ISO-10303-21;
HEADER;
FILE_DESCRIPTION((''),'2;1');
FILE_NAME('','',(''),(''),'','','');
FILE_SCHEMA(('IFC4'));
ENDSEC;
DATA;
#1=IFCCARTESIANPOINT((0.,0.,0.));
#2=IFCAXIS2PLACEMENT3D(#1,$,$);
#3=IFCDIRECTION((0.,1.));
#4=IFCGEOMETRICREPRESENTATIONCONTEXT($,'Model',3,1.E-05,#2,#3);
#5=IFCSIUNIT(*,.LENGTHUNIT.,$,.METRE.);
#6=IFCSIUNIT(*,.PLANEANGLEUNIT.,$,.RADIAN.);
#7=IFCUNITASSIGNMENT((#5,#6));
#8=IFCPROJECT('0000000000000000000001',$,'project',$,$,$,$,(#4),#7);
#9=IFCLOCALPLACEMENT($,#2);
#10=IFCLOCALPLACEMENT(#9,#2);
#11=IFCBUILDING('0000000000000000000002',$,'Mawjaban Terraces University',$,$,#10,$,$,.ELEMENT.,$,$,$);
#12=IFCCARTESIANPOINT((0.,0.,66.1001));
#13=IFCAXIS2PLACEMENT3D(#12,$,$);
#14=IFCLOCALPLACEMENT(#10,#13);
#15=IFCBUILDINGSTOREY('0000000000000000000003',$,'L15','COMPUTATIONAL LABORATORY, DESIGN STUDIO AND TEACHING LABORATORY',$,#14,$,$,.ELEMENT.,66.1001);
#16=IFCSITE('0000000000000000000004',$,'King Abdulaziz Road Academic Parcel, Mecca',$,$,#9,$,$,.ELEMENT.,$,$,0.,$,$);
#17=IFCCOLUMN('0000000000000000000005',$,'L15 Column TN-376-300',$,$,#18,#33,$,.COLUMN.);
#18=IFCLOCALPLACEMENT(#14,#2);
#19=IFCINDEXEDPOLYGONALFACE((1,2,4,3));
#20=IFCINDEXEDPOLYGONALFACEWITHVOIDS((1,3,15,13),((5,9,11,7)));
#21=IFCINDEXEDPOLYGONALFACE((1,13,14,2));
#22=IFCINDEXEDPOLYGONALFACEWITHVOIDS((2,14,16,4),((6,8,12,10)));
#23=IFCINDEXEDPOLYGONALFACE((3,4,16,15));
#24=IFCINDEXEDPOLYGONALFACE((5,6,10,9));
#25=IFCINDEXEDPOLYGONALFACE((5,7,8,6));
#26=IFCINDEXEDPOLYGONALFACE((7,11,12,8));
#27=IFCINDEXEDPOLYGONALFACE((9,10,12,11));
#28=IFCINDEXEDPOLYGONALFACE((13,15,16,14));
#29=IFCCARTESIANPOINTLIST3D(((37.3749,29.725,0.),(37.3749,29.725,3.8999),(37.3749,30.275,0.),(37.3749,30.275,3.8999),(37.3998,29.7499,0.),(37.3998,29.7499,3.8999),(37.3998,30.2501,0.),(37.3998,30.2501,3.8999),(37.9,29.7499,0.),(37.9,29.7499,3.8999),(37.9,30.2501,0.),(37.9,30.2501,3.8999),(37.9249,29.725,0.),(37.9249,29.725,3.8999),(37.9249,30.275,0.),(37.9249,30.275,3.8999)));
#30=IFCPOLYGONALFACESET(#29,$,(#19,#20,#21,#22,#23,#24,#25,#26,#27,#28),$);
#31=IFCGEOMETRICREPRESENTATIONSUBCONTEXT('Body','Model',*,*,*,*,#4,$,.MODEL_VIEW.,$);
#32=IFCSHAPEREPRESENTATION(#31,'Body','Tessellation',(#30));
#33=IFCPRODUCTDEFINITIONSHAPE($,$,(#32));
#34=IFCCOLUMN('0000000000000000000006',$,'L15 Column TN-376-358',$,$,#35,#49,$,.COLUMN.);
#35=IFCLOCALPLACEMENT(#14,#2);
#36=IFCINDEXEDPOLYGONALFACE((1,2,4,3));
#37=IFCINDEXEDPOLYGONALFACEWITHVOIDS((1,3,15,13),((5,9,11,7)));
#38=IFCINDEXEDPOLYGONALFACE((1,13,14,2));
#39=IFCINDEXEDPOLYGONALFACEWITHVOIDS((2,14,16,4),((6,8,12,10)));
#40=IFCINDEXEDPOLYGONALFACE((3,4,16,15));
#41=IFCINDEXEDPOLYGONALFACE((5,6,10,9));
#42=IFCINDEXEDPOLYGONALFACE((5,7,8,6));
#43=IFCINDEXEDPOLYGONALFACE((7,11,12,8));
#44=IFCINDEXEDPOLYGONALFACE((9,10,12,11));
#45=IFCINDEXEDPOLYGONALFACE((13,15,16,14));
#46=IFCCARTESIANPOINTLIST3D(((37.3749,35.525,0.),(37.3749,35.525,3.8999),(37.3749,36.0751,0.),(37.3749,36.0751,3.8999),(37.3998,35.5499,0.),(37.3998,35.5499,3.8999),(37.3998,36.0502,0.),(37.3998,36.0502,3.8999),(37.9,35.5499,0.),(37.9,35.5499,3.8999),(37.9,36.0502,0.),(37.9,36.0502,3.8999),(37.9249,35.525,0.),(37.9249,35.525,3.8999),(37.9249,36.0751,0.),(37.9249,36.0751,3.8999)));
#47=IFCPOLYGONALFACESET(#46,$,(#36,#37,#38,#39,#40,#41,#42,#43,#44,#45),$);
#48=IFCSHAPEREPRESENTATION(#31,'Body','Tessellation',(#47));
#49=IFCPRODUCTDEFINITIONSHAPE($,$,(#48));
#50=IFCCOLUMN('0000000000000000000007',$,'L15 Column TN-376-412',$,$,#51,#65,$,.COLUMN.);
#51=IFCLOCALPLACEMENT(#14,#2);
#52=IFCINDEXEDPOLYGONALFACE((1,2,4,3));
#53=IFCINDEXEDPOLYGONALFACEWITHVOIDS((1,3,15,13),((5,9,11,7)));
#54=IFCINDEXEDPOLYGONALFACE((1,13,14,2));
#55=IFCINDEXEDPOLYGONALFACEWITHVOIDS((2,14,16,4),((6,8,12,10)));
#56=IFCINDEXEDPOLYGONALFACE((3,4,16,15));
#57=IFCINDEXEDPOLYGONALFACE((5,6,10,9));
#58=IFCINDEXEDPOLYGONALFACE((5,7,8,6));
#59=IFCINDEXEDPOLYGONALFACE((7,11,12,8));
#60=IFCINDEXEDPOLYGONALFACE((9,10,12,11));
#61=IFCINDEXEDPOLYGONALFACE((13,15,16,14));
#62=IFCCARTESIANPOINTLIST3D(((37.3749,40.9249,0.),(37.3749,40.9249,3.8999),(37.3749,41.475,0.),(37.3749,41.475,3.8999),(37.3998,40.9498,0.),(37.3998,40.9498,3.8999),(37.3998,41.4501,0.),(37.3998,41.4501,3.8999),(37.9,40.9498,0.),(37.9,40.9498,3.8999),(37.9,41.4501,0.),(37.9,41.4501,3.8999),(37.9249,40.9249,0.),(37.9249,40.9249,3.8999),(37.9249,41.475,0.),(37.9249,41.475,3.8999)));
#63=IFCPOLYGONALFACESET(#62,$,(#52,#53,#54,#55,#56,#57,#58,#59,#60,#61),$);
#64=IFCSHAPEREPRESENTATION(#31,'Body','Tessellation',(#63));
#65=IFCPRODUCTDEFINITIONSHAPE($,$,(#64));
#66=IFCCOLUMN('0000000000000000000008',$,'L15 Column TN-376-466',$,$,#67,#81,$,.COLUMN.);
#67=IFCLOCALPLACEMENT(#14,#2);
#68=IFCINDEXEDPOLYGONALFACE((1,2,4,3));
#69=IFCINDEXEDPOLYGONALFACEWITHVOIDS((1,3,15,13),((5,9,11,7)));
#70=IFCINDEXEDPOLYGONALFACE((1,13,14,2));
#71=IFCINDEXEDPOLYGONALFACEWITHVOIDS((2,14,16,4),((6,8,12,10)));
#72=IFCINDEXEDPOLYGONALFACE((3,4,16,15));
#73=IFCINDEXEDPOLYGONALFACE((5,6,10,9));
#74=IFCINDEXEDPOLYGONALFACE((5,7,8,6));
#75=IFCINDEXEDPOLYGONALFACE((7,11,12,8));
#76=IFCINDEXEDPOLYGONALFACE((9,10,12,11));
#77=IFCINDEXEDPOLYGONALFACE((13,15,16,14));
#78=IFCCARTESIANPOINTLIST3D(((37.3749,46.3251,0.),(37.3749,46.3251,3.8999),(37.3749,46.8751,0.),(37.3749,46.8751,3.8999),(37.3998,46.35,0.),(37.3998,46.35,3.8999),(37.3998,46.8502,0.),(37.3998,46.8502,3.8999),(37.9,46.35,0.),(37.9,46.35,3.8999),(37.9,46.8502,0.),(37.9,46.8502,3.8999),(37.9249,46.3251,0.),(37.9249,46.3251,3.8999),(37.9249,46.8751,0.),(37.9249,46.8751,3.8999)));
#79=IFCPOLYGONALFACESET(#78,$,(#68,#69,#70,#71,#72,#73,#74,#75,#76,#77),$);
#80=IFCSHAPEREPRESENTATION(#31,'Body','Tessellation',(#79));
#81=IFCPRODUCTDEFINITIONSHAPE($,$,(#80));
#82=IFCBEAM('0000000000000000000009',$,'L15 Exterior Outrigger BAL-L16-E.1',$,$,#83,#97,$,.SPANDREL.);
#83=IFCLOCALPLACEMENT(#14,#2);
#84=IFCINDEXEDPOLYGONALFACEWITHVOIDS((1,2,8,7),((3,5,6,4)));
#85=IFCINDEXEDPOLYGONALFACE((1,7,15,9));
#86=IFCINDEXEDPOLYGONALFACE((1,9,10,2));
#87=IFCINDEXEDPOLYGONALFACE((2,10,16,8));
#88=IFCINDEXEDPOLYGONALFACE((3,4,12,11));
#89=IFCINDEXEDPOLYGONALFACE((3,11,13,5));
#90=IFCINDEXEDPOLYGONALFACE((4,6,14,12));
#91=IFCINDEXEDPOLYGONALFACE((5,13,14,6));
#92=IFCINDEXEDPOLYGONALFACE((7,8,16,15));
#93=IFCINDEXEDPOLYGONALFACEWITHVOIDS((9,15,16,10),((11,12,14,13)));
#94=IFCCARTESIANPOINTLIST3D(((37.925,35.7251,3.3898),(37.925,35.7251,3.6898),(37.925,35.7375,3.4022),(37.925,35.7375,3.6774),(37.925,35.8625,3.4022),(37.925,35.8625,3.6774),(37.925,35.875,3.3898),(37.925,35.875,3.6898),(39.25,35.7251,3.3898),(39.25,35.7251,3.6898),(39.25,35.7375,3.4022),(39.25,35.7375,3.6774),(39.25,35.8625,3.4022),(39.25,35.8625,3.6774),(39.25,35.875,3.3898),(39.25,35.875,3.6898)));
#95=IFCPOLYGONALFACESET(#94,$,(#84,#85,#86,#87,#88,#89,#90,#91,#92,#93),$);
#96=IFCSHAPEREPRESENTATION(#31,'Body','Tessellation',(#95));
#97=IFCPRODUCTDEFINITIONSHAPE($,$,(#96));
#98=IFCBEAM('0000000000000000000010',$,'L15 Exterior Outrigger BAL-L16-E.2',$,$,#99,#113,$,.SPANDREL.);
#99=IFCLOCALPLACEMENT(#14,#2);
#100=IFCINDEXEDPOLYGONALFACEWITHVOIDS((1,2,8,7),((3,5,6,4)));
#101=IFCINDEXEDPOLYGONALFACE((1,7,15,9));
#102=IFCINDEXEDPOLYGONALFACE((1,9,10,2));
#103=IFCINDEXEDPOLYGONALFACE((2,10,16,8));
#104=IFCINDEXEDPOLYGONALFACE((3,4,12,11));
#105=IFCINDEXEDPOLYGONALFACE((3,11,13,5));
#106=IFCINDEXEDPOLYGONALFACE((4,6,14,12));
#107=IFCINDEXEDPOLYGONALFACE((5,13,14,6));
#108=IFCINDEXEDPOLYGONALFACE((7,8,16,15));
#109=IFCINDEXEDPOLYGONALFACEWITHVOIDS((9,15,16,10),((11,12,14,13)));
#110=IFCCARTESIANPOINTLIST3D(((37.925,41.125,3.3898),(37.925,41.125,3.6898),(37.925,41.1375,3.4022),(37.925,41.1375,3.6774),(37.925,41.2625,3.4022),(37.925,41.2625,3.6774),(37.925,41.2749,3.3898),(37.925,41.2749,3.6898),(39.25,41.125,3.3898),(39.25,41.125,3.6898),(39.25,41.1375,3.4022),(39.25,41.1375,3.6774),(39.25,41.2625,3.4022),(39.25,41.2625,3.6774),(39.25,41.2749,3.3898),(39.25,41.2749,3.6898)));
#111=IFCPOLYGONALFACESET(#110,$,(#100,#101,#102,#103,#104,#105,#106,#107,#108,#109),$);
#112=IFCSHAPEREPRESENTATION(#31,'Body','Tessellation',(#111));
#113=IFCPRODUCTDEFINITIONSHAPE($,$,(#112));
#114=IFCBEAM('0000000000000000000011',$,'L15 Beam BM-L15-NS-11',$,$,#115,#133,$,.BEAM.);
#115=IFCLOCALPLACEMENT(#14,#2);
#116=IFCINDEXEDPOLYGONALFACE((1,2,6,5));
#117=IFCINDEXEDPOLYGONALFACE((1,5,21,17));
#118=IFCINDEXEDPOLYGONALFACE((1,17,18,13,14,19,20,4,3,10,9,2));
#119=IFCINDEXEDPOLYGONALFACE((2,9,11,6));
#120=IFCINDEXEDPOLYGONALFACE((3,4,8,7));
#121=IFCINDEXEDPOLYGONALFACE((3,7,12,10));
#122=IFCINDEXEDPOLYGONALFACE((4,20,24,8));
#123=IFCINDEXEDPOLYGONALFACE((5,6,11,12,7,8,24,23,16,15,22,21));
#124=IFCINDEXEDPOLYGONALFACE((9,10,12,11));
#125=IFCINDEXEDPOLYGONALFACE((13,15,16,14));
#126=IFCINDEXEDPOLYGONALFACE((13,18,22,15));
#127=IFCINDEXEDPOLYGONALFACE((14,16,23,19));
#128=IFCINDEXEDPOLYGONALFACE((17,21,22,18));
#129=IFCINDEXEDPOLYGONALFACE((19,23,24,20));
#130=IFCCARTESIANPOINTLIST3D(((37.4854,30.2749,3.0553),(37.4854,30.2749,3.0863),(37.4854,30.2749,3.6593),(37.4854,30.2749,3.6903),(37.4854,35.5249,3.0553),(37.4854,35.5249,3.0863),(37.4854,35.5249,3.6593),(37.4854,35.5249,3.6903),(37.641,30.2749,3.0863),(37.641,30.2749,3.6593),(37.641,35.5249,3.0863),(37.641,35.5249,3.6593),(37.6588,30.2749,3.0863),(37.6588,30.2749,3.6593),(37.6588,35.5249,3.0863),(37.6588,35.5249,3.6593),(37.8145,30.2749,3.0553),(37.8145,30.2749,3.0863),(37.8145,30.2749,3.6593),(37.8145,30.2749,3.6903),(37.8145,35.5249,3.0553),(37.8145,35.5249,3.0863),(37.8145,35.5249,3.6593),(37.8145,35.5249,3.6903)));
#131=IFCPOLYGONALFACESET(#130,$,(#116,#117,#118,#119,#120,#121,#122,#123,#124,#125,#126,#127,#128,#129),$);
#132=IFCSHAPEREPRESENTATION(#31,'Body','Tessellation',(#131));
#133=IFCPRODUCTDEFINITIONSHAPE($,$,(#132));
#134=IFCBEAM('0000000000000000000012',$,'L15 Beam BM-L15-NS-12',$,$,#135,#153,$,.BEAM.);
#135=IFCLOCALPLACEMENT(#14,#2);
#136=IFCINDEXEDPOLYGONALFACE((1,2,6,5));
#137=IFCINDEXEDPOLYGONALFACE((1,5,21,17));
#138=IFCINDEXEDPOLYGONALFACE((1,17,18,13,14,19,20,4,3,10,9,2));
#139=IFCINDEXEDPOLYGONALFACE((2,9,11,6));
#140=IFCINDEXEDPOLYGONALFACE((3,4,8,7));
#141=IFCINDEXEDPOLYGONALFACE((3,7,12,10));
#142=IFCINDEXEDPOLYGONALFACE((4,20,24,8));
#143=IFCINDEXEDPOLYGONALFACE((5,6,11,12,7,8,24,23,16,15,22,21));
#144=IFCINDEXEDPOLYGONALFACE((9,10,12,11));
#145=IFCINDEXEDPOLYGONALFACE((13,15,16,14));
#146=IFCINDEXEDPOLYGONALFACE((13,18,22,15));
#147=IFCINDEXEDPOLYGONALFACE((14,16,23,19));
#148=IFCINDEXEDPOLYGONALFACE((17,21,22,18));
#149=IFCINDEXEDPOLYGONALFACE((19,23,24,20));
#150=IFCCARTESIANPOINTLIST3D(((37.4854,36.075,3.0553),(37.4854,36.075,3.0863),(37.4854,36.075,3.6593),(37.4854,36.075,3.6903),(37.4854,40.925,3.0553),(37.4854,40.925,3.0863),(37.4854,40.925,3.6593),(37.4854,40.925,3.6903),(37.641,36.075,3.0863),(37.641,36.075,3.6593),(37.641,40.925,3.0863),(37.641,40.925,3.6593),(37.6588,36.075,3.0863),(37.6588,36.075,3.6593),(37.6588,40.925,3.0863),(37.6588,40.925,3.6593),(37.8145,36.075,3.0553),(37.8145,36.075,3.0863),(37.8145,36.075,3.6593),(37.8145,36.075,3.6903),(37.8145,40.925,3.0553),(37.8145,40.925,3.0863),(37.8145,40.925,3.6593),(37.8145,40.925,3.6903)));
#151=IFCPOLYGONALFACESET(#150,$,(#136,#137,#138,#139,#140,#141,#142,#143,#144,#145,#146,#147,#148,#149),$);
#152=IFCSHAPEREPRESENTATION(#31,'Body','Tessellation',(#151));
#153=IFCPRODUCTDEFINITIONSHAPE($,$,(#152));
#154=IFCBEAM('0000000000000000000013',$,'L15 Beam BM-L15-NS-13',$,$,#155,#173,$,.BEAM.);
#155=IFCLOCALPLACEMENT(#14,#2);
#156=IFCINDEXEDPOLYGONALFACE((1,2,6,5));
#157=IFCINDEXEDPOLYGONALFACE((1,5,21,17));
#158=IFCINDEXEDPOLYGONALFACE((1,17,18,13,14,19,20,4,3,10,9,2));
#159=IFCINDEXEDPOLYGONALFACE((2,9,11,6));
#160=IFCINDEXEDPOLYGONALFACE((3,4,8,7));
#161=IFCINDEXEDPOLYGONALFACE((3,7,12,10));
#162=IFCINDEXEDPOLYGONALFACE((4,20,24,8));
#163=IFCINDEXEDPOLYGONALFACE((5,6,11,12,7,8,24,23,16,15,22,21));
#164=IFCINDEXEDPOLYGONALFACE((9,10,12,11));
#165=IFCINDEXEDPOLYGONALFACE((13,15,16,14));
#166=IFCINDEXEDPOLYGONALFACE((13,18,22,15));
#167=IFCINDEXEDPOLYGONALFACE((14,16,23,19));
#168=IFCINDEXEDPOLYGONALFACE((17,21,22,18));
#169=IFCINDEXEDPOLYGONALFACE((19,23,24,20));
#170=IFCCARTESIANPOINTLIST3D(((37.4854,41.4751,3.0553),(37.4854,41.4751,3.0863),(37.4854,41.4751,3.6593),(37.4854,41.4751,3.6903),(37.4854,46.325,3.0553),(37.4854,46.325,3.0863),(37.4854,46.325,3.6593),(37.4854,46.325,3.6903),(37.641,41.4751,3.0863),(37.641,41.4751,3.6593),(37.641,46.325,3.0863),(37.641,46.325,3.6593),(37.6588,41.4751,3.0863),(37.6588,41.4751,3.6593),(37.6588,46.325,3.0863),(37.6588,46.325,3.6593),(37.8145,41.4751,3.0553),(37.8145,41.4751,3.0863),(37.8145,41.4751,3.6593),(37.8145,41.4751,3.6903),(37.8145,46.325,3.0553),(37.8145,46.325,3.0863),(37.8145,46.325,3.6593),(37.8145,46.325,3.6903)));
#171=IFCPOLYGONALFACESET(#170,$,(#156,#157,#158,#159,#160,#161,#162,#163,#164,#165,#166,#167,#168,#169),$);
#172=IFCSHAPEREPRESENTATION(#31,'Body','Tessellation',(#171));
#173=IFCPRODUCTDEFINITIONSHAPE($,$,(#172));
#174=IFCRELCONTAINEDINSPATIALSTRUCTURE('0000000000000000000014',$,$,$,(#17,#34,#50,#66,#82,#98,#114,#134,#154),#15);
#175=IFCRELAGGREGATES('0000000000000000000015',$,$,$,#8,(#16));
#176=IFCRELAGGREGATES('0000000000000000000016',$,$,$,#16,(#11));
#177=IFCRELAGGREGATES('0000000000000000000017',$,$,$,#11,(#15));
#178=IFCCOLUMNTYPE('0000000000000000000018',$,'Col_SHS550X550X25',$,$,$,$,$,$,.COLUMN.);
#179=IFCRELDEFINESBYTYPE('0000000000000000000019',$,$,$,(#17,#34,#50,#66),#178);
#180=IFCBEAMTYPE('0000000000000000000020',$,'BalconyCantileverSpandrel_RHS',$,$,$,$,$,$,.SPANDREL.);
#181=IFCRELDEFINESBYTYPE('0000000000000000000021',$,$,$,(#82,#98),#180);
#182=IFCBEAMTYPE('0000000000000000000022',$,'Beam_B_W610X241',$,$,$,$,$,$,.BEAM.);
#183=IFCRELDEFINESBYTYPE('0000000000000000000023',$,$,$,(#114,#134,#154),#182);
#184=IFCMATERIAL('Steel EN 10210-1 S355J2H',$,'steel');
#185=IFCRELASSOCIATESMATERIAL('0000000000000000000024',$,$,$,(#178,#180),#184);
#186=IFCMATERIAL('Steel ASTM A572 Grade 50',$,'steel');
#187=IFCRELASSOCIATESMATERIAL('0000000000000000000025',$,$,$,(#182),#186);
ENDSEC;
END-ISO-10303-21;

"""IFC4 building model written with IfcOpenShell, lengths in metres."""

from ifc_helpers import new_model, si_unit, direction, frame, origin, origin_2d, place, context, subcontext, project, spatial, hollow_rectangle, i_section, extrude, material, material_profile, profile_set, type_object, element, save


model = new_model("IFC4")

# Units and contexts
model_context = context("Model", 3, precision=1e-05, world=origin(), true_north=direction((0.0, 1.0)))
body_context = subcontext(model_context, "Body", "Model", "MODEL_VIEW")
ifc_project = project(units=[si_unit("LENGTHUNIT", "METRE"), si_unit("PLANEANGLEUNIT", "RADIAN")], contexts=[model_context])

# Site, building, storey
site_placement = place(None, origin())
site = spatial("IfcSite", under=ifc_project, at=site_placement, Name="King Abdulaziz Road Academic Parcel, Mecca", CompositionType="ELEMENT", RefElevation=0.0)
building_placement = place(site_placement, origin())
building = spatial("IfcBuilding", under=site, at=building_placement, Name="Mawjaban Terraces University", CompositionType="ELEMENT")
storey_placement = place(building_placement, frame((0.0, 0.0, 66.1001)))
storey = spatial("IfcBuildingStorey", under=building, at=storey_placement, Name="L15", Description="COMPUTATIONAL LABORATORY, DESIGN STUDIO AND TEACHING LABORATORY", CompositionType="ELEMENT", Elevation=66.1001)

# Columns
ifc_material_1 = material(Name="Steel EN 10210-1 S355J2H", Category="steel")
ifc_material_profile_1 = material_profile(ifc_material_1, hollow_rectangle(XDim=0.55, YDim=0.55, WallThickness=0.0249, at=origin_2d()), Name="SHS550X550X25")
ifc_profile_set_1 = profile_set([ifc_material_profile_1], Name="Steel EN 10210-1 S355J2H")
column_type = type_object("IfcColumnType", Name="Col_SHS550X550X25", PredefinedType="COLUMN", material=ifc_profile_set_1)
for number, where, z_axis, x_axis, name in (
    (1, (37.6499, 30.0, 0.0), (0.0, 0.0, 1.0), (1.0, 0.0, 0.0), "L15 Column TN-376-300"),
    (2, (37.6499, 35.8, 0.0), (0.0, 0.0, 1.0), (1.0, 0.0, 0.0), "L15 Column TN-376-358"),
    (3, (37.6499, 41.2, 0.0), (0.0, 0.0, 1.0), (1.0, 0.0, 0.0), "L15 Column TN-376-412"),
    (4, (37.6499, 46.6001, 0.0), (0.0, 0.0, 1.0), (1.0, 0.0, 0.0), "L15 Column TN-376-466"),
):
    element("IfcColumn", number, at=place(storey_placement, frame(where, z_axis=z_axis, x_axis=x_axis)), inside=storey, type_object=column_type, Name=name, PredefinedType="COLUMN", context=body_context, shape_type="SweptSolid", body=[
        extrude(hollow_rectangle(XDim=0.55, YDim=0.55, WallThickness=0.0249, at=origin_2d()), origin(), (0.0, 0.0, 1.0), 3.8999),
    ])

# Beams
ifc_material_profile_2 = material_profile(ifc_material_1, hollow_rectangle(XDim=0.1499, YDim=0.3, WallThickness=0.0125, at=origin_2d()), Name="RHS300X150X12.5")
ifc_profile_set_2 = profile_set([ifc_material_profile_2], Name="Steel EN 10210-1 S355J2H")
beam_type_1 = type_object("IfcBeamType", Name="BalconyCantileverSpandrel_RHS", PredefinedType="SPANDREL", material=ifc_profile_set_2)
for number, where, z_axis, x_axis, name in (
    (5, (37.925, 35.8, 3.5398), (1.0, 0.0, 0.0), (0.0, 1.0, 0.0), "L15 Exterior Outrigger BAL-L16-E.1"),
    (6, (37.925, 41.2, 3.5398), (1.0, 0.0, 0.0), (0.0, 1.0, 0.0), "L15 Exterior Outrigger BAL-L16-E.2"),
):
    element("IfcBeam", number, at=place(storey_placement, frame(where, z_axis=z_axis, x_axis=x_axis)), inside=storey, type_object=beam_type_1, Name=name, PredefinedType="SPANDREL", context=body_context, shape_type="SweptSolid", body=[
        extrude(hollow_rectangle(XDim=0.1499, YDim=0.3, WallThickness=0.0125, at=origin_2d()), origin(), (0.0, 0.0, 1.0), 1.325),
    ])
ifc_material_2 = material(Name="Steel ASTM A572 Grade 50", Category="steel")
ifc_material_profile_3 = material_profile(ifc_material_2, i_section(OverallWidth=0.3291, OverallDepth=0.635, WebThickness=0.0178, FlangeThickness=0.031, at=origin_2d()), Name="W610X241")
ifc_profile_set_3 = profile_set([ifc_material_profile_3], Name="Steel ASTM A572 Grade 50")
beam_type_2 = type_object("IfcBeamType", Name="Beam_B_W610X241", PredefinedType="BEAM", material=ifc_profile_set_3)
beam_1_placement = place(storey_placement, frame((37.6499, 30.2749, 3.3728), z_axis=(0.0, 1.0, 0.0), x_axis=(-1.0, 0.0, 0.0)))
element("IfcBeam", 7, at=beam_1_placement, inside=storey, type_object=beam_type_2, Name="L15 Beam BM-L15-NS-11", PredefinedType="BEAM", context=body_context, shape_type="SweptSolid", body=[
    extrude(i_section(OverallWidth=0.3291, OverallDepth=0.635, WebThickness=0.0178, FlangeThickness=0.031, at=origin_2d()), origin(), (0.0, 0.0, 1.0), 5.25),
])
beam_2_placement = place(storey_placement, frame((37.6499, 36.075, 3.3728), z_axis=(0.0, 1.0, 0.0), x_axis=(-1.0, 0.0, 0.0)))
element("IfcBeam", 8, at=beam_2_placement, inside=storey, type_object=beam_type_2, Name="L15 Beam BM-L15-NS-12", PredefinedType="BEAM", context=body_context, shape_type="SweptSolid", body=[
    extrude(i_section(OverallWidth=0.3291, OverallDepth=0.635, WebThickness=0.0178, FlangeThickness=0.031, at=origin_2d()), origin(), (0.0, 0.0, 1.0), 4.8501),
])
beam_3_placement = place(storey_placement, frame((37.6499, 41.4751, 3.3728), z_axis=(0.0, 1.0, 0.0), x_axis=(-1.0, 0.0, 0.0)))
element("IfcBeam", 9, at=beam_3_placement, inside=storey, type_object=beam_type_2, Name="L15 Beam BM-L15-NS-13", PredefinedType="BEAM", context=body_context, shape_type="SweptSolid", body=[
    extrude(i_section(OverallWidth=0.3291, OverallDepth=0.635, WebThickness=0.0178, FlangeThickness=0.031, at=origin_2d()), origin(), (0.0, 0.0, 1.0), 4.8499),
])

save(model, "model.ifc")
